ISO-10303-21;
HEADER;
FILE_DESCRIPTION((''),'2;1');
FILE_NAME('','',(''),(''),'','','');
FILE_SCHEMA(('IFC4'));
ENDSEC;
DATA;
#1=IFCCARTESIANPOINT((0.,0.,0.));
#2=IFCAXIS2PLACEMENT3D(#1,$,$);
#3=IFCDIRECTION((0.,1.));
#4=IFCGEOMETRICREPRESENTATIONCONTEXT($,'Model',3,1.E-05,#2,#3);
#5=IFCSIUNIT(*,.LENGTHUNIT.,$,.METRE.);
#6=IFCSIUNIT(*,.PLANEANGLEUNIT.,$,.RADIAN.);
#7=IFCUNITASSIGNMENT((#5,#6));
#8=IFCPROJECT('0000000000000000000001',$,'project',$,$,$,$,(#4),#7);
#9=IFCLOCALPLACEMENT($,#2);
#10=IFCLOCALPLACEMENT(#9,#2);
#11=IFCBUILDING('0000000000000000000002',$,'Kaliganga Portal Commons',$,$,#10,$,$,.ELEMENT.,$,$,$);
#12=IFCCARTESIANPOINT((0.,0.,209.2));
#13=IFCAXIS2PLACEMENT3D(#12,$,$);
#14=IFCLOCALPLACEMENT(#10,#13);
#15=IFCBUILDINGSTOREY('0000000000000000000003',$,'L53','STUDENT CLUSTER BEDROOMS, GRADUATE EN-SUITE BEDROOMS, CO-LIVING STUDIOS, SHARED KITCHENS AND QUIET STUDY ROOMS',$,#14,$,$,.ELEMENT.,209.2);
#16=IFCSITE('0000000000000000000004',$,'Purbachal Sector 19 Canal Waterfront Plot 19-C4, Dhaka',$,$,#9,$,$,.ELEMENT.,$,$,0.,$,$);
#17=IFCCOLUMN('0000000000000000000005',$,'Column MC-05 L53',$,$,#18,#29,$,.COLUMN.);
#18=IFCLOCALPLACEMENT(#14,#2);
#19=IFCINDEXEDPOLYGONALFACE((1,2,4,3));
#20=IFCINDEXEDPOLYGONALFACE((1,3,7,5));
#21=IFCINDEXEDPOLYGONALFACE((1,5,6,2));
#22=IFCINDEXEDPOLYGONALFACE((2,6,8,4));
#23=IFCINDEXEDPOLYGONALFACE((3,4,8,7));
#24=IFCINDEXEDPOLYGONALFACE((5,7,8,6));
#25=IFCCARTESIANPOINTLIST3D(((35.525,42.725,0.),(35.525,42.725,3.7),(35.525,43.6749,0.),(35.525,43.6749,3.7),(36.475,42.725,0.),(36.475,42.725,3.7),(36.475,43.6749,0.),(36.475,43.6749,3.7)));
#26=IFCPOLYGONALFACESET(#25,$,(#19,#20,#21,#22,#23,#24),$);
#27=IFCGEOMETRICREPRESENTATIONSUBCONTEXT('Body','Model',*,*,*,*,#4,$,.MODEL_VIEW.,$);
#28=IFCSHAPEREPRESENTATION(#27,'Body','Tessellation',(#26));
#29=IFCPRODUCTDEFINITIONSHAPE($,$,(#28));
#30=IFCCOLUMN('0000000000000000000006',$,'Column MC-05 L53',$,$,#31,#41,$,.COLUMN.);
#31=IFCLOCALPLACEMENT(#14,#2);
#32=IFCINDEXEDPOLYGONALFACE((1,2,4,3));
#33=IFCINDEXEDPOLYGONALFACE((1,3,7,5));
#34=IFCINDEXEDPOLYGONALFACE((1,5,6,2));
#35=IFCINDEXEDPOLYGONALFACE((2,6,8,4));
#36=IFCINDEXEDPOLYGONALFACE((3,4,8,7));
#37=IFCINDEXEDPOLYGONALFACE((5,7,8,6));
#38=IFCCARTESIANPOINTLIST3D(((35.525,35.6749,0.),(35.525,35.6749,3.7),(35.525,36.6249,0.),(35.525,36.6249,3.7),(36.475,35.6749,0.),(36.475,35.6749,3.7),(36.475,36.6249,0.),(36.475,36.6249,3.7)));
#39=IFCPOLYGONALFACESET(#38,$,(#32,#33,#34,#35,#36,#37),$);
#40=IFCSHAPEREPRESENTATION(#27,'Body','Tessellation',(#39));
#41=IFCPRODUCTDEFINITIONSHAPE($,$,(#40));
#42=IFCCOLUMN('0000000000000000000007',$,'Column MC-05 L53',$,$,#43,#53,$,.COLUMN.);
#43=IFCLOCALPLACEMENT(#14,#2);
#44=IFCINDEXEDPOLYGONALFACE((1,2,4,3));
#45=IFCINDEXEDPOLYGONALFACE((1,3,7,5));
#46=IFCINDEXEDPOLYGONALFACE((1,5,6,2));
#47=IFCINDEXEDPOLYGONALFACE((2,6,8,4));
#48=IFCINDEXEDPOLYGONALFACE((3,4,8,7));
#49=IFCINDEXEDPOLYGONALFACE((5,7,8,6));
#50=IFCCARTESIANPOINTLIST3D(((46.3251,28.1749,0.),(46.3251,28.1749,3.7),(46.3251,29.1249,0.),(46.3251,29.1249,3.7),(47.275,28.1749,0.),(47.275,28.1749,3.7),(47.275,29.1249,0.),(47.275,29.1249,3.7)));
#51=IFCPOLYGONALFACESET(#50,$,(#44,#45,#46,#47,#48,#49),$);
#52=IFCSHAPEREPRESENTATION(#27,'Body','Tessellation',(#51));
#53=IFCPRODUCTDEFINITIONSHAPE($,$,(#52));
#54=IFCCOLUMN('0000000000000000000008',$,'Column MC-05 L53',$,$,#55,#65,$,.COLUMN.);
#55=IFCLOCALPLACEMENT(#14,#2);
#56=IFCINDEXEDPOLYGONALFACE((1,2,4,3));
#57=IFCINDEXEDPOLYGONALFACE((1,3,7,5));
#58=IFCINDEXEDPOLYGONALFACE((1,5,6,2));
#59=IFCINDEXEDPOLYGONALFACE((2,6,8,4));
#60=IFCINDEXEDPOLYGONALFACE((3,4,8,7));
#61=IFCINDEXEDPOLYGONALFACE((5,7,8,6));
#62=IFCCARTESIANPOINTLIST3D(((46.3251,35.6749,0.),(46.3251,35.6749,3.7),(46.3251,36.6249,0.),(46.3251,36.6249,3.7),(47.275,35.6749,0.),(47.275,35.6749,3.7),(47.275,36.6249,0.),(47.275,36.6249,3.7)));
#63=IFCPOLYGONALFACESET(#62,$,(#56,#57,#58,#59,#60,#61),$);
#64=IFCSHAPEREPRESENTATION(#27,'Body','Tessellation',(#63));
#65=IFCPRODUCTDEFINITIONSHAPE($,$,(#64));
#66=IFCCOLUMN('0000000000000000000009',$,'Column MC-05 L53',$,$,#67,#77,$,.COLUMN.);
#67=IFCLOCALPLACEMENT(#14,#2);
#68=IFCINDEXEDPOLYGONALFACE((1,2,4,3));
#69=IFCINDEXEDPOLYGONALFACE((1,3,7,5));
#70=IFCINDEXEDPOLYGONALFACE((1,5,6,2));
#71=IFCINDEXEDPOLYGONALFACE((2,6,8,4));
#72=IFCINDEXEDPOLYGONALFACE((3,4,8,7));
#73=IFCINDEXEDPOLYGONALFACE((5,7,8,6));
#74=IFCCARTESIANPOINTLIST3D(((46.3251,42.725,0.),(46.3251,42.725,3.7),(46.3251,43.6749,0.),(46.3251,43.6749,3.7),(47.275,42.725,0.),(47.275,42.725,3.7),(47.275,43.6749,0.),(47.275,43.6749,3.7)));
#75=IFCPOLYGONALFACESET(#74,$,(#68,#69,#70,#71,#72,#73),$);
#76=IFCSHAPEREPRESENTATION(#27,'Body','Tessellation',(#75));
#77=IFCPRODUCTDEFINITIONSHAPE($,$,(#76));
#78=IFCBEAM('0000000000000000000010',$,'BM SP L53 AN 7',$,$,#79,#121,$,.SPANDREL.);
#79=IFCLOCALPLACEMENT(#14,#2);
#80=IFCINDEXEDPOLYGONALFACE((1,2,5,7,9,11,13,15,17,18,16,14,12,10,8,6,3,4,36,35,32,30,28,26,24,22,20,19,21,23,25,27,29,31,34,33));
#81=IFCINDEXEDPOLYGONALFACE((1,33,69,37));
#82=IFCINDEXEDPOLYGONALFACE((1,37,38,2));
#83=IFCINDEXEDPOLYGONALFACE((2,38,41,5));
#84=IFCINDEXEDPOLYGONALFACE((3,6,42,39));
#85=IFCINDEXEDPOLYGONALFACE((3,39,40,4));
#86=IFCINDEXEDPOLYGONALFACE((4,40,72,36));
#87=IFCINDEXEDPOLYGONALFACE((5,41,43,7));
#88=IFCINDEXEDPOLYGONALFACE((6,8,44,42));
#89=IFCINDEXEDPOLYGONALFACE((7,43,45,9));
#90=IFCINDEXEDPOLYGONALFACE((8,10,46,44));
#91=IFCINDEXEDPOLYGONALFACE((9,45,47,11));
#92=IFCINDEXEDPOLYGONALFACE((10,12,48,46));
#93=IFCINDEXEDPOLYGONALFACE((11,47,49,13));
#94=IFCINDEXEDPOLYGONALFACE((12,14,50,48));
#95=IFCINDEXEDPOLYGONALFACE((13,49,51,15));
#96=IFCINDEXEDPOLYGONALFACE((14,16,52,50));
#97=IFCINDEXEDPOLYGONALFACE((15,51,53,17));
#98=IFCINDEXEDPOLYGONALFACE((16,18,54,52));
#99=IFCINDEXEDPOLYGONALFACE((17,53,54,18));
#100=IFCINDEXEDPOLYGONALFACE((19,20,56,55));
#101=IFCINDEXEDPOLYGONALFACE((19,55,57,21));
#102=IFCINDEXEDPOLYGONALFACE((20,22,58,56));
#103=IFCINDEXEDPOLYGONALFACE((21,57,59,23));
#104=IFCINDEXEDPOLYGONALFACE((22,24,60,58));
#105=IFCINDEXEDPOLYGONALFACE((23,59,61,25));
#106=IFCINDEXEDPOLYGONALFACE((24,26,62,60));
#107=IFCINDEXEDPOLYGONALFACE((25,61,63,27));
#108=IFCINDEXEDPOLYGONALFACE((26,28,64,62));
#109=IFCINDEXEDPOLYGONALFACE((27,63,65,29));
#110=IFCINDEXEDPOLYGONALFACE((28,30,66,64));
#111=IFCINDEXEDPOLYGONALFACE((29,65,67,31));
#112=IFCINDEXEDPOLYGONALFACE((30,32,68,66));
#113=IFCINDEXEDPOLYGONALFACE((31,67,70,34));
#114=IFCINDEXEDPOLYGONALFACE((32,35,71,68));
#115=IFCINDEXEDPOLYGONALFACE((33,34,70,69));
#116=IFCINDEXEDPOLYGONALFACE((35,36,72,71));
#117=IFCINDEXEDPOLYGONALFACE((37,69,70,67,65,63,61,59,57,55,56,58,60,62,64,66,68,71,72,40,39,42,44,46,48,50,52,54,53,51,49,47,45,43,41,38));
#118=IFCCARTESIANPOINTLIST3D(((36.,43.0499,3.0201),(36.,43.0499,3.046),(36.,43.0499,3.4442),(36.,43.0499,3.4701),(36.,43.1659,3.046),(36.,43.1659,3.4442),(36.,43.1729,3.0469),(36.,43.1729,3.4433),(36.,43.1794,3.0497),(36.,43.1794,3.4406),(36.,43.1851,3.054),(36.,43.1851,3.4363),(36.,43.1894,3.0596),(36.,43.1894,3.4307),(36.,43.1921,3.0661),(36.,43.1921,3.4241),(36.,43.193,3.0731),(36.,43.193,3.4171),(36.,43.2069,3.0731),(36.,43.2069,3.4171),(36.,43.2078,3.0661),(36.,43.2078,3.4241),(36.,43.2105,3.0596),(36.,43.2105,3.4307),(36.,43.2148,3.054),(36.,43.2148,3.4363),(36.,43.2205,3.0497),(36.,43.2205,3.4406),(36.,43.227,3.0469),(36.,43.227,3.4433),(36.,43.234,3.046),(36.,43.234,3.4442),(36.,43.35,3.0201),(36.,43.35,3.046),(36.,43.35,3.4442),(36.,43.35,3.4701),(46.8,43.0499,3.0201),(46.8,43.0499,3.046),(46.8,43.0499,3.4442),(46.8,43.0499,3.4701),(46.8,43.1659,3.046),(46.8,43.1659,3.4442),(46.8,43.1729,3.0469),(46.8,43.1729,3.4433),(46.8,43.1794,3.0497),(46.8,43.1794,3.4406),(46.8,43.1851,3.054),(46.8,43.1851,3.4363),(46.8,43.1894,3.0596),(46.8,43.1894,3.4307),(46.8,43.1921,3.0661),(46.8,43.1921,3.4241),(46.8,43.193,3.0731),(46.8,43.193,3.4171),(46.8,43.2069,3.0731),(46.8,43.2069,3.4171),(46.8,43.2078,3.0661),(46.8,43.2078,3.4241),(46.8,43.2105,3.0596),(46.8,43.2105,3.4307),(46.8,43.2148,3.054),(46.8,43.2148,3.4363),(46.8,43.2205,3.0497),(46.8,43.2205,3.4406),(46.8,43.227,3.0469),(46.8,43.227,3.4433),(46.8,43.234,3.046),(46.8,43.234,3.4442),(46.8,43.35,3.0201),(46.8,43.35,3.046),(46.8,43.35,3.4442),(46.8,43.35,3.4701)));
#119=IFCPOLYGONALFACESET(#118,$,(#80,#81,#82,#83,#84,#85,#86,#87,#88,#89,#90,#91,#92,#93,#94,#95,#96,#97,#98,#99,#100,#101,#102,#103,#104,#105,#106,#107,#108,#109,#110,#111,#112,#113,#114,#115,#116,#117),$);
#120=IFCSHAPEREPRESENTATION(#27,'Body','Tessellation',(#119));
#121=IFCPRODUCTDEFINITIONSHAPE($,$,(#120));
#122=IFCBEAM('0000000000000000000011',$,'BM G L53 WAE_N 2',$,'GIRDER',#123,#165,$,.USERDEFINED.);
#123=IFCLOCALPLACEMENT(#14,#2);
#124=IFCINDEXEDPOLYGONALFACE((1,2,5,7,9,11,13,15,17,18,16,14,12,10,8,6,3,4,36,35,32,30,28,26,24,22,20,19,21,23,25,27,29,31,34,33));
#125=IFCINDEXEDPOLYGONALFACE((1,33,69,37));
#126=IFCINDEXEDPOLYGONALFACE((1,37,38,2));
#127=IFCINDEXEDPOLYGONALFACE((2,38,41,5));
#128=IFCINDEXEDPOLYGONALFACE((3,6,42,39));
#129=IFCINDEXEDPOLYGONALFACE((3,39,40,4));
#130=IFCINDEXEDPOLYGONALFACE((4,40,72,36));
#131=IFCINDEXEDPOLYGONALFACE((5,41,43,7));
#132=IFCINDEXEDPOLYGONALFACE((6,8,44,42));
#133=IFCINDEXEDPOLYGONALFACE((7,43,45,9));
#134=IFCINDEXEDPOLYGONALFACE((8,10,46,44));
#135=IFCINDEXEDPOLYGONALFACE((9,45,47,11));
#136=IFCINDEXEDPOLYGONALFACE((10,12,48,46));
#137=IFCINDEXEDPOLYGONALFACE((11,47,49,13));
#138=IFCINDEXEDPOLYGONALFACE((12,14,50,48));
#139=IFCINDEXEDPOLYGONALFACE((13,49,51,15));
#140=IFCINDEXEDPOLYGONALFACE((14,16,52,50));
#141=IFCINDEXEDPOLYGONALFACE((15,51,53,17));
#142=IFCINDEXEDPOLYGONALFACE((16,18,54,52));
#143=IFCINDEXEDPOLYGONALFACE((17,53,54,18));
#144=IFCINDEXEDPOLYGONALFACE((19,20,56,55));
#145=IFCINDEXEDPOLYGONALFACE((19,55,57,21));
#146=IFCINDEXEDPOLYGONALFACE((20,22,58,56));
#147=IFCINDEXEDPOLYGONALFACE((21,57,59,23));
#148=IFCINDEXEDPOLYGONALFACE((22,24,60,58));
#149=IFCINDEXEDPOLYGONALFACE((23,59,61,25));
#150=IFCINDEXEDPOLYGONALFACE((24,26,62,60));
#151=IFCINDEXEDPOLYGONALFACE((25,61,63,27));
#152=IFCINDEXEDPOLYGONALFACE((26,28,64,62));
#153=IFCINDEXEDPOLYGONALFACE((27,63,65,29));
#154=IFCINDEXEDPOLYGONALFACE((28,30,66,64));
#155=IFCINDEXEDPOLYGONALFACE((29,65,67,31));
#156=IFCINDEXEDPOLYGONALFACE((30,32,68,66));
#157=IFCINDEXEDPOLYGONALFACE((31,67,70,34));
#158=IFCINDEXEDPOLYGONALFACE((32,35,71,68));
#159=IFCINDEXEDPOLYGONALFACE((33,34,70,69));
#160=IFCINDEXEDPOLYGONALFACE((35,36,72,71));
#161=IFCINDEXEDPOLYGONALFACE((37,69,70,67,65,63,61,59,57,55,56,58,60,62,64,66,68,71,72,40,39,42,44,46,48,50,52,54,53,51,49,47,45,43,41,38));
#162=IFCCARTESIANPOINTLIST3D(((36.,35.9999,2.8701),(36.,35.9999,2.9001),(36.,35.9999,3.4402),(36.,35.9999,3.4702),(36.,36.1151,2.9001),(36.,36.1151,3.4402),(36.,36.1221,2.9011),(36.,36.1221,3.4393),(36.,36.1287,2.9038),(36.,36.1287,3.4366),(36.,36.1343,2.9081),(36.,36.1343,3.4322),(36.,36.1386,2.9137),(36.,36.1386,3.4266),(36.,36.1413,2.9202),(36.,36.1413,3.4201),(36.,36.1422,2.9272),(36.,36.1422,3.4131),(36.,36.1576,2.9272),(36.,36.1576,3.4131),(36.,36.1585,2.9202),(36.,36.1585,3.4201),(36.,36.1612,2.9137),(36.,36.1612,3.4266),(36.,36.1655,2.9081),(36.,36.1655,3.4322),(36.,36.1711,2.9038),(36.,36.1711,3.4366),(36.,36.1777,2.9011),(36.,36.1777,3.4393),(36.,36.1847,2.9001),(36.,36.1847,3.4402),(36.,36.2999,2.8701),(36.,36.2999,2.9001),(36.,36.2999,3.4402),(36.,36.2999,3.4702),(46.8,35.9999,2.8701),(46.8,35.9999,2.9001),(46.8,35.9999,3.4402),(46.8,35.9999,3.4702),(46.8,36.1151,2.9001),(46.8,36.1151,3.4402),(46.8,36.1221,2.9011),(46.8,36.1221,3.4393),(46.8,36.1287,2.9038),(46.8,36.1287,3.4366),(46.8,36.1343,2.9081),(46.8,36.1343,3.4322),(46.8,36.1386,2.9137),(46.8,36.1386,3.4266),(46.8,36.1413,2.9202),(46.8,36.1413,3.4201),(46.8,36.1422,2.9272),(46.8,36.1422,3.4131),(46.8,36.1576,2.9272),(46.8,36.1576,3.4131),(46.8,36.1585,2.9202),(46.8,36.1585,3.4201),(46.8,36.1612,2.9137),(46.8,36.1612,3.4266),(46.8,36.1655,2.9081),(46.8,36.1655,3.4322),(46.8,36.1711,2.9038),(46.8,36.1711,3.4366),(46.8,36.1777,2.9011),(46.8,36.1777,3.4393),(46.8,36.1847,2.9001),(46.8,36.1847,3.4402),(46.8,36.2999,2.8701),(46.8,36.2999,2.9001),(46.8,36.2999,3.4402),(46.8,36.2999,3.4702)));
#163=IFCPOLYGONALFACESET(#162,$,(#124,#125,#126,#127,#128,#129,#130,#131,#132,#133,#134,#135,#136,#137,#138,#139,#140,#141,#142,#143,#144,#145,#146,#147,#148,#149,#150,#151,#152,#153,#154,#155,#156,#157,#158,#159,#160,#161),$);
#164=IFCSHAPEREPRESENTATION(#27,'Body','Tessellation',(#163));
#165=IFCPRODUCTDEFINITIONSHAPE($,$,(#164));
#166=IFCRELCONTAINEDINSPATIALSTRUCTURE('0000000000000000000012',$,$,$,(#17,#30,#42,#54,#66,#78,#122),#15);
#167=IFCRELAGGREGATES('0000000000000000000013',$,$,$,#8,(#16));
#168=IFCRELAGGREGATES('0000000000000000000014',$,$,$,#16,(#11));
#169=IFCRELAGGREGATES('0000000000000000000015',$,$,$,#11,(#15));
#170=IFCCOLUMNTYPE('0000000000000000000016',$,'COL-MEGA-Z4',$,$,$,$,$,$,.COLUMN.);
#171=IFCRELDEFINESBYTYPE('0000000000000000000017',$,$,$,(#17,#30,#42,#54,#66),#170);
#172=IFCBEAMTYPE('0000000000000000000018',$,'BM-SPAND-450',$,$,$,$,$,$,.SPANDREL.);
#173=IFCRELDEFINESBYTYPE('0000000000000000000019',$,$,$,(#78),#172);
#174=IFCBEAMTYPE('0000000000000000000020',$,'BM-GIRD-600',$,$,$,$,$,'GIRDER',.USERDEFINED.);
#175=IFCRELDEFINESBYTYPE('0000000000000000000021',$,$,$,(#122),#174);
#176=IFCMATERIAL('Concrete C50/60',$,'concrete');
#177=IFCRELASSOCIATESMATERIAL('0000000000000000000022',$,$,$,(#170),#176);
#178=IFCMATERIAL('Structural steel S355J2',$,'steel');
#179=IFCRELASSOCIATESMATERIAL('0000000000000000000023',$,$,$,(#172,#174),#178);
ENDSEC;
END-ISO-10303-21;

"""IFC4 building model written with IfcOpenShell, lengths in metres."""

from ifc_helpers import new_model, si_unit, direction, frame, origin, origin_2d, place, context, subcontext, project, spatial, rectangle, i_section, extrude, source, transform, mapped, material, material_profile, profile_set, type_object, element, save


model = new_model("IFC4")

# Units and contexts
model_context = context("Model", 3, precision=1e-05, world=origin(), true_north=direction((0.0, 1.0)))
body_context = subcontext(model_context, "Body", "Model", "MODEL_VIEW")
ifc_project = project(units=[si_unit("LENGTHUNIT", "METRE"), si_unit("PLANEANGLEUNIT", "RADIAN")], contexts=[model_context])

# Site, building, storey
site_placement = place(None, origin())
site = spatial("IfcSite", under=ifc_project, at=site_placement, Name="Purbachal Sector 19 Canal Waterfront Plot 19-C4, Dhaka", CompositionType="ELEMENT", RefElevation=0.0)
building_placement = place(site_placement, origin())
building = spatial("IfcBuilding", under=site, at=building_placement, Name="Kaliganga Portal Commons", CompositionType="ELEMENT")
storey_placement = place(building_placement, frame((0.0, 0.0, 209.2)))
storey = spatial("IfcBuildingStorey", under=building, at=storey_placement, Name="L53", Description="STUDENT CLUSTER BEDROOMS, GRADUATE EN-SUITE BEDROOMS, CO-LIVING STUDIOS, SHARED KITCHENS AND QUIET STUDY ROOMS", CompositionType="ELEMENT", Elevation=209.2)

# Columns
ifc_material_1 = material(Name="Concrete C50/60", Category="concrete")
ifc_material_profile_1 = material_profile(ifc_material_1, rectangle(XDim=0.95, YDim=0.95, at=origin_2d()), Name="RC 950x950")
ifc_profile_set_1 = profile_set([ifc_material_profile_1], Name="Concrete C50/60")
column_type = type_object("IfcColumnType", Name="COL-MEGA-Z4", PredefinedType="COLUMN", material=ifc_profile_set_1)
shared_shape_1 = source(origin(), body_context, "Body", "SweptSolid", [
    extrude(rectangle(XDim=0.95, YDim=0.95, at=origin_2d()), origin(), (0.0, 0.0, 1.0), 3.7),
])
for number, where, z_axis, x_axis, name in (
    (1, (36.0, 43.2, 0.0), (0.0, 0.0, 1.0), (1.0, 0.0, 0.0), "Column MC-05 L53"),
    (2, (36.0, 36.1499, 0.0), (0.0, 0.0, 1.0), (1.0, 0.0, 0.0), "Column MC-05 L53"),
    (3, (46.8, 28.6499, 0.0), (0.0, 0.0, 1.0), (1.0, 0.0, 0.0), "Column MC-05 L53"),
    (4, (46.8, 36.1499, 0.0), (0.0, 0.0, 1.0), (1.0, 0.0, 0.0), "Column MC-05 L53"),
    (5, (46.8, 43.2, 0.0), (0.0, 0.0, 1.0), (1.0, 0.0, 0.0), "Column MC-05 L53"),
):
    element("IfcColumn", number, at=place(storey_placement, frame(where, z_axis=z_axis, x_axis=x_axis)), inside=storey, type_object=column_type, Name=name, PredefinedType="COLUMN", context=body_context, shape_type="MappedRepresentation", body=[
        mapped(shared_shape_1, transform((0.0, 0.0, 0.0), x_axis=(1.0, 0.0, 0.0), y_axis=(0.0, 1.0, 0.0), z_axis=(0.0, 0.0, 1.0), scale=1.0)),
    ])

# Beams
ifc_material_2 = material(Name="Structural steel S355J2", Category="steel")
ifc_material_profile_2 = material_profile(ifc_material_2, i_section(OverallWidth=0.3, OverallDepth=0.45, WebThickness=0.0139, FlangeThickness=0.0259, FilletRadius=0.0271, at=origin_2d()), Name="HE 450 B")
ifc_profile_set_2 = profile_set([ifc_material_profile_2], Name="Structural steel S355J2 wide-flange")
beam_type_1 = type_object("IfcBeamType", Name="BM-SPAND-450", PredefinedType="SPANDREL", material=ifc_profile_set_2)
shared_shape_2 = source(origin(), body_context, "Body", "SweptSolid", [
    extrude(i_section(OverallWidth=0.3, OverallDepth=0.45, WebThickness=0.0139, FlangeThickness=0.0259, FilletRadius=0.0271, at=origin_2d()), origin(), (0.0, 0.0, 1.0), 10.8),
])
beam_1_placement = place(storey_placement, frame((36.0, 43.2, 3.2451), z_axis=(1.0, 0.0, 0.0), x_axis=(0.0, 1.0, 0.0)))
element("IfcBeam", 6, at=beam_1_placement, inside=storey, type_object=beam_type_1, Name="BM SP L53 AN 7", PredefinedType="SPANDREL", context=body_context, shape_type="MappedRepresentation", body=[
    mapped(shared_shape_2, transform((0.0, 0.0, 0.0), x_axis=(1.0, 0.0, 0.0), y_axis=(0.0, 1.0, 0.0), z_axis=(0.0, 0.0, 1.0), scale=1.0)),
])
ifc_material_profile_3 = material_profile(ifc_material_2, i_section(OverallWidth=0.3, OverallDepth=0.6001, WebThickness=0.0154, FlangeThickness=0.03, FilletRadius=0.0271, at=origin_2d()), Name="HE 600 B")
ifc_profile_set_3 = profile_set([ifc_material_profile_3], Name="Structural steel S355J2 wide-flange")
beam_type_2 = type_object("IfcBeamType", Name="BM-GIRD-600", ElementType="GIRDER", PredefinedType="USERDEFINED", material=ifc_profile_set_3)
shared_shape_3 = source(origin(), body_context, "Body", "SweptSolid", [
    extrude(i_section(OverallWidth=0.3, OverallDepth=0.6001, WebThickness=0.0154, FlangeThickness=0.03, FilletRadius=0.0271, at=origin_2d()), origin(), (0.0, 0.0, 1.0), 10.8),
])
beam_2_placement = place(storey_placement, frame((36.0, 36.1499, 3.1702), z_axis=(1.0, 0.0, 0.0), x_axis=(0.0, 1.0, 0.0)))
element("IfcBeam", 7, at=beam_2_placement, inside=storey, type_object=beam_type_2, Name="BM G L53 WAE_N 2", ObjectType="GIRDER", PredefinedType="USERDEFINED", context=body_context, shape_type="MappedRepresentation", body=[
    mapped(shared_shape_3, transform((0.0, 0.0, 0.0), x_axis=(1.0, 0.0, 0.0), y_axis=(0.0, 1.0, 0.0), z_axis=(0.0, 0.0, 1.0), scale=1.0)),
])

save(model, "model.ifc")
